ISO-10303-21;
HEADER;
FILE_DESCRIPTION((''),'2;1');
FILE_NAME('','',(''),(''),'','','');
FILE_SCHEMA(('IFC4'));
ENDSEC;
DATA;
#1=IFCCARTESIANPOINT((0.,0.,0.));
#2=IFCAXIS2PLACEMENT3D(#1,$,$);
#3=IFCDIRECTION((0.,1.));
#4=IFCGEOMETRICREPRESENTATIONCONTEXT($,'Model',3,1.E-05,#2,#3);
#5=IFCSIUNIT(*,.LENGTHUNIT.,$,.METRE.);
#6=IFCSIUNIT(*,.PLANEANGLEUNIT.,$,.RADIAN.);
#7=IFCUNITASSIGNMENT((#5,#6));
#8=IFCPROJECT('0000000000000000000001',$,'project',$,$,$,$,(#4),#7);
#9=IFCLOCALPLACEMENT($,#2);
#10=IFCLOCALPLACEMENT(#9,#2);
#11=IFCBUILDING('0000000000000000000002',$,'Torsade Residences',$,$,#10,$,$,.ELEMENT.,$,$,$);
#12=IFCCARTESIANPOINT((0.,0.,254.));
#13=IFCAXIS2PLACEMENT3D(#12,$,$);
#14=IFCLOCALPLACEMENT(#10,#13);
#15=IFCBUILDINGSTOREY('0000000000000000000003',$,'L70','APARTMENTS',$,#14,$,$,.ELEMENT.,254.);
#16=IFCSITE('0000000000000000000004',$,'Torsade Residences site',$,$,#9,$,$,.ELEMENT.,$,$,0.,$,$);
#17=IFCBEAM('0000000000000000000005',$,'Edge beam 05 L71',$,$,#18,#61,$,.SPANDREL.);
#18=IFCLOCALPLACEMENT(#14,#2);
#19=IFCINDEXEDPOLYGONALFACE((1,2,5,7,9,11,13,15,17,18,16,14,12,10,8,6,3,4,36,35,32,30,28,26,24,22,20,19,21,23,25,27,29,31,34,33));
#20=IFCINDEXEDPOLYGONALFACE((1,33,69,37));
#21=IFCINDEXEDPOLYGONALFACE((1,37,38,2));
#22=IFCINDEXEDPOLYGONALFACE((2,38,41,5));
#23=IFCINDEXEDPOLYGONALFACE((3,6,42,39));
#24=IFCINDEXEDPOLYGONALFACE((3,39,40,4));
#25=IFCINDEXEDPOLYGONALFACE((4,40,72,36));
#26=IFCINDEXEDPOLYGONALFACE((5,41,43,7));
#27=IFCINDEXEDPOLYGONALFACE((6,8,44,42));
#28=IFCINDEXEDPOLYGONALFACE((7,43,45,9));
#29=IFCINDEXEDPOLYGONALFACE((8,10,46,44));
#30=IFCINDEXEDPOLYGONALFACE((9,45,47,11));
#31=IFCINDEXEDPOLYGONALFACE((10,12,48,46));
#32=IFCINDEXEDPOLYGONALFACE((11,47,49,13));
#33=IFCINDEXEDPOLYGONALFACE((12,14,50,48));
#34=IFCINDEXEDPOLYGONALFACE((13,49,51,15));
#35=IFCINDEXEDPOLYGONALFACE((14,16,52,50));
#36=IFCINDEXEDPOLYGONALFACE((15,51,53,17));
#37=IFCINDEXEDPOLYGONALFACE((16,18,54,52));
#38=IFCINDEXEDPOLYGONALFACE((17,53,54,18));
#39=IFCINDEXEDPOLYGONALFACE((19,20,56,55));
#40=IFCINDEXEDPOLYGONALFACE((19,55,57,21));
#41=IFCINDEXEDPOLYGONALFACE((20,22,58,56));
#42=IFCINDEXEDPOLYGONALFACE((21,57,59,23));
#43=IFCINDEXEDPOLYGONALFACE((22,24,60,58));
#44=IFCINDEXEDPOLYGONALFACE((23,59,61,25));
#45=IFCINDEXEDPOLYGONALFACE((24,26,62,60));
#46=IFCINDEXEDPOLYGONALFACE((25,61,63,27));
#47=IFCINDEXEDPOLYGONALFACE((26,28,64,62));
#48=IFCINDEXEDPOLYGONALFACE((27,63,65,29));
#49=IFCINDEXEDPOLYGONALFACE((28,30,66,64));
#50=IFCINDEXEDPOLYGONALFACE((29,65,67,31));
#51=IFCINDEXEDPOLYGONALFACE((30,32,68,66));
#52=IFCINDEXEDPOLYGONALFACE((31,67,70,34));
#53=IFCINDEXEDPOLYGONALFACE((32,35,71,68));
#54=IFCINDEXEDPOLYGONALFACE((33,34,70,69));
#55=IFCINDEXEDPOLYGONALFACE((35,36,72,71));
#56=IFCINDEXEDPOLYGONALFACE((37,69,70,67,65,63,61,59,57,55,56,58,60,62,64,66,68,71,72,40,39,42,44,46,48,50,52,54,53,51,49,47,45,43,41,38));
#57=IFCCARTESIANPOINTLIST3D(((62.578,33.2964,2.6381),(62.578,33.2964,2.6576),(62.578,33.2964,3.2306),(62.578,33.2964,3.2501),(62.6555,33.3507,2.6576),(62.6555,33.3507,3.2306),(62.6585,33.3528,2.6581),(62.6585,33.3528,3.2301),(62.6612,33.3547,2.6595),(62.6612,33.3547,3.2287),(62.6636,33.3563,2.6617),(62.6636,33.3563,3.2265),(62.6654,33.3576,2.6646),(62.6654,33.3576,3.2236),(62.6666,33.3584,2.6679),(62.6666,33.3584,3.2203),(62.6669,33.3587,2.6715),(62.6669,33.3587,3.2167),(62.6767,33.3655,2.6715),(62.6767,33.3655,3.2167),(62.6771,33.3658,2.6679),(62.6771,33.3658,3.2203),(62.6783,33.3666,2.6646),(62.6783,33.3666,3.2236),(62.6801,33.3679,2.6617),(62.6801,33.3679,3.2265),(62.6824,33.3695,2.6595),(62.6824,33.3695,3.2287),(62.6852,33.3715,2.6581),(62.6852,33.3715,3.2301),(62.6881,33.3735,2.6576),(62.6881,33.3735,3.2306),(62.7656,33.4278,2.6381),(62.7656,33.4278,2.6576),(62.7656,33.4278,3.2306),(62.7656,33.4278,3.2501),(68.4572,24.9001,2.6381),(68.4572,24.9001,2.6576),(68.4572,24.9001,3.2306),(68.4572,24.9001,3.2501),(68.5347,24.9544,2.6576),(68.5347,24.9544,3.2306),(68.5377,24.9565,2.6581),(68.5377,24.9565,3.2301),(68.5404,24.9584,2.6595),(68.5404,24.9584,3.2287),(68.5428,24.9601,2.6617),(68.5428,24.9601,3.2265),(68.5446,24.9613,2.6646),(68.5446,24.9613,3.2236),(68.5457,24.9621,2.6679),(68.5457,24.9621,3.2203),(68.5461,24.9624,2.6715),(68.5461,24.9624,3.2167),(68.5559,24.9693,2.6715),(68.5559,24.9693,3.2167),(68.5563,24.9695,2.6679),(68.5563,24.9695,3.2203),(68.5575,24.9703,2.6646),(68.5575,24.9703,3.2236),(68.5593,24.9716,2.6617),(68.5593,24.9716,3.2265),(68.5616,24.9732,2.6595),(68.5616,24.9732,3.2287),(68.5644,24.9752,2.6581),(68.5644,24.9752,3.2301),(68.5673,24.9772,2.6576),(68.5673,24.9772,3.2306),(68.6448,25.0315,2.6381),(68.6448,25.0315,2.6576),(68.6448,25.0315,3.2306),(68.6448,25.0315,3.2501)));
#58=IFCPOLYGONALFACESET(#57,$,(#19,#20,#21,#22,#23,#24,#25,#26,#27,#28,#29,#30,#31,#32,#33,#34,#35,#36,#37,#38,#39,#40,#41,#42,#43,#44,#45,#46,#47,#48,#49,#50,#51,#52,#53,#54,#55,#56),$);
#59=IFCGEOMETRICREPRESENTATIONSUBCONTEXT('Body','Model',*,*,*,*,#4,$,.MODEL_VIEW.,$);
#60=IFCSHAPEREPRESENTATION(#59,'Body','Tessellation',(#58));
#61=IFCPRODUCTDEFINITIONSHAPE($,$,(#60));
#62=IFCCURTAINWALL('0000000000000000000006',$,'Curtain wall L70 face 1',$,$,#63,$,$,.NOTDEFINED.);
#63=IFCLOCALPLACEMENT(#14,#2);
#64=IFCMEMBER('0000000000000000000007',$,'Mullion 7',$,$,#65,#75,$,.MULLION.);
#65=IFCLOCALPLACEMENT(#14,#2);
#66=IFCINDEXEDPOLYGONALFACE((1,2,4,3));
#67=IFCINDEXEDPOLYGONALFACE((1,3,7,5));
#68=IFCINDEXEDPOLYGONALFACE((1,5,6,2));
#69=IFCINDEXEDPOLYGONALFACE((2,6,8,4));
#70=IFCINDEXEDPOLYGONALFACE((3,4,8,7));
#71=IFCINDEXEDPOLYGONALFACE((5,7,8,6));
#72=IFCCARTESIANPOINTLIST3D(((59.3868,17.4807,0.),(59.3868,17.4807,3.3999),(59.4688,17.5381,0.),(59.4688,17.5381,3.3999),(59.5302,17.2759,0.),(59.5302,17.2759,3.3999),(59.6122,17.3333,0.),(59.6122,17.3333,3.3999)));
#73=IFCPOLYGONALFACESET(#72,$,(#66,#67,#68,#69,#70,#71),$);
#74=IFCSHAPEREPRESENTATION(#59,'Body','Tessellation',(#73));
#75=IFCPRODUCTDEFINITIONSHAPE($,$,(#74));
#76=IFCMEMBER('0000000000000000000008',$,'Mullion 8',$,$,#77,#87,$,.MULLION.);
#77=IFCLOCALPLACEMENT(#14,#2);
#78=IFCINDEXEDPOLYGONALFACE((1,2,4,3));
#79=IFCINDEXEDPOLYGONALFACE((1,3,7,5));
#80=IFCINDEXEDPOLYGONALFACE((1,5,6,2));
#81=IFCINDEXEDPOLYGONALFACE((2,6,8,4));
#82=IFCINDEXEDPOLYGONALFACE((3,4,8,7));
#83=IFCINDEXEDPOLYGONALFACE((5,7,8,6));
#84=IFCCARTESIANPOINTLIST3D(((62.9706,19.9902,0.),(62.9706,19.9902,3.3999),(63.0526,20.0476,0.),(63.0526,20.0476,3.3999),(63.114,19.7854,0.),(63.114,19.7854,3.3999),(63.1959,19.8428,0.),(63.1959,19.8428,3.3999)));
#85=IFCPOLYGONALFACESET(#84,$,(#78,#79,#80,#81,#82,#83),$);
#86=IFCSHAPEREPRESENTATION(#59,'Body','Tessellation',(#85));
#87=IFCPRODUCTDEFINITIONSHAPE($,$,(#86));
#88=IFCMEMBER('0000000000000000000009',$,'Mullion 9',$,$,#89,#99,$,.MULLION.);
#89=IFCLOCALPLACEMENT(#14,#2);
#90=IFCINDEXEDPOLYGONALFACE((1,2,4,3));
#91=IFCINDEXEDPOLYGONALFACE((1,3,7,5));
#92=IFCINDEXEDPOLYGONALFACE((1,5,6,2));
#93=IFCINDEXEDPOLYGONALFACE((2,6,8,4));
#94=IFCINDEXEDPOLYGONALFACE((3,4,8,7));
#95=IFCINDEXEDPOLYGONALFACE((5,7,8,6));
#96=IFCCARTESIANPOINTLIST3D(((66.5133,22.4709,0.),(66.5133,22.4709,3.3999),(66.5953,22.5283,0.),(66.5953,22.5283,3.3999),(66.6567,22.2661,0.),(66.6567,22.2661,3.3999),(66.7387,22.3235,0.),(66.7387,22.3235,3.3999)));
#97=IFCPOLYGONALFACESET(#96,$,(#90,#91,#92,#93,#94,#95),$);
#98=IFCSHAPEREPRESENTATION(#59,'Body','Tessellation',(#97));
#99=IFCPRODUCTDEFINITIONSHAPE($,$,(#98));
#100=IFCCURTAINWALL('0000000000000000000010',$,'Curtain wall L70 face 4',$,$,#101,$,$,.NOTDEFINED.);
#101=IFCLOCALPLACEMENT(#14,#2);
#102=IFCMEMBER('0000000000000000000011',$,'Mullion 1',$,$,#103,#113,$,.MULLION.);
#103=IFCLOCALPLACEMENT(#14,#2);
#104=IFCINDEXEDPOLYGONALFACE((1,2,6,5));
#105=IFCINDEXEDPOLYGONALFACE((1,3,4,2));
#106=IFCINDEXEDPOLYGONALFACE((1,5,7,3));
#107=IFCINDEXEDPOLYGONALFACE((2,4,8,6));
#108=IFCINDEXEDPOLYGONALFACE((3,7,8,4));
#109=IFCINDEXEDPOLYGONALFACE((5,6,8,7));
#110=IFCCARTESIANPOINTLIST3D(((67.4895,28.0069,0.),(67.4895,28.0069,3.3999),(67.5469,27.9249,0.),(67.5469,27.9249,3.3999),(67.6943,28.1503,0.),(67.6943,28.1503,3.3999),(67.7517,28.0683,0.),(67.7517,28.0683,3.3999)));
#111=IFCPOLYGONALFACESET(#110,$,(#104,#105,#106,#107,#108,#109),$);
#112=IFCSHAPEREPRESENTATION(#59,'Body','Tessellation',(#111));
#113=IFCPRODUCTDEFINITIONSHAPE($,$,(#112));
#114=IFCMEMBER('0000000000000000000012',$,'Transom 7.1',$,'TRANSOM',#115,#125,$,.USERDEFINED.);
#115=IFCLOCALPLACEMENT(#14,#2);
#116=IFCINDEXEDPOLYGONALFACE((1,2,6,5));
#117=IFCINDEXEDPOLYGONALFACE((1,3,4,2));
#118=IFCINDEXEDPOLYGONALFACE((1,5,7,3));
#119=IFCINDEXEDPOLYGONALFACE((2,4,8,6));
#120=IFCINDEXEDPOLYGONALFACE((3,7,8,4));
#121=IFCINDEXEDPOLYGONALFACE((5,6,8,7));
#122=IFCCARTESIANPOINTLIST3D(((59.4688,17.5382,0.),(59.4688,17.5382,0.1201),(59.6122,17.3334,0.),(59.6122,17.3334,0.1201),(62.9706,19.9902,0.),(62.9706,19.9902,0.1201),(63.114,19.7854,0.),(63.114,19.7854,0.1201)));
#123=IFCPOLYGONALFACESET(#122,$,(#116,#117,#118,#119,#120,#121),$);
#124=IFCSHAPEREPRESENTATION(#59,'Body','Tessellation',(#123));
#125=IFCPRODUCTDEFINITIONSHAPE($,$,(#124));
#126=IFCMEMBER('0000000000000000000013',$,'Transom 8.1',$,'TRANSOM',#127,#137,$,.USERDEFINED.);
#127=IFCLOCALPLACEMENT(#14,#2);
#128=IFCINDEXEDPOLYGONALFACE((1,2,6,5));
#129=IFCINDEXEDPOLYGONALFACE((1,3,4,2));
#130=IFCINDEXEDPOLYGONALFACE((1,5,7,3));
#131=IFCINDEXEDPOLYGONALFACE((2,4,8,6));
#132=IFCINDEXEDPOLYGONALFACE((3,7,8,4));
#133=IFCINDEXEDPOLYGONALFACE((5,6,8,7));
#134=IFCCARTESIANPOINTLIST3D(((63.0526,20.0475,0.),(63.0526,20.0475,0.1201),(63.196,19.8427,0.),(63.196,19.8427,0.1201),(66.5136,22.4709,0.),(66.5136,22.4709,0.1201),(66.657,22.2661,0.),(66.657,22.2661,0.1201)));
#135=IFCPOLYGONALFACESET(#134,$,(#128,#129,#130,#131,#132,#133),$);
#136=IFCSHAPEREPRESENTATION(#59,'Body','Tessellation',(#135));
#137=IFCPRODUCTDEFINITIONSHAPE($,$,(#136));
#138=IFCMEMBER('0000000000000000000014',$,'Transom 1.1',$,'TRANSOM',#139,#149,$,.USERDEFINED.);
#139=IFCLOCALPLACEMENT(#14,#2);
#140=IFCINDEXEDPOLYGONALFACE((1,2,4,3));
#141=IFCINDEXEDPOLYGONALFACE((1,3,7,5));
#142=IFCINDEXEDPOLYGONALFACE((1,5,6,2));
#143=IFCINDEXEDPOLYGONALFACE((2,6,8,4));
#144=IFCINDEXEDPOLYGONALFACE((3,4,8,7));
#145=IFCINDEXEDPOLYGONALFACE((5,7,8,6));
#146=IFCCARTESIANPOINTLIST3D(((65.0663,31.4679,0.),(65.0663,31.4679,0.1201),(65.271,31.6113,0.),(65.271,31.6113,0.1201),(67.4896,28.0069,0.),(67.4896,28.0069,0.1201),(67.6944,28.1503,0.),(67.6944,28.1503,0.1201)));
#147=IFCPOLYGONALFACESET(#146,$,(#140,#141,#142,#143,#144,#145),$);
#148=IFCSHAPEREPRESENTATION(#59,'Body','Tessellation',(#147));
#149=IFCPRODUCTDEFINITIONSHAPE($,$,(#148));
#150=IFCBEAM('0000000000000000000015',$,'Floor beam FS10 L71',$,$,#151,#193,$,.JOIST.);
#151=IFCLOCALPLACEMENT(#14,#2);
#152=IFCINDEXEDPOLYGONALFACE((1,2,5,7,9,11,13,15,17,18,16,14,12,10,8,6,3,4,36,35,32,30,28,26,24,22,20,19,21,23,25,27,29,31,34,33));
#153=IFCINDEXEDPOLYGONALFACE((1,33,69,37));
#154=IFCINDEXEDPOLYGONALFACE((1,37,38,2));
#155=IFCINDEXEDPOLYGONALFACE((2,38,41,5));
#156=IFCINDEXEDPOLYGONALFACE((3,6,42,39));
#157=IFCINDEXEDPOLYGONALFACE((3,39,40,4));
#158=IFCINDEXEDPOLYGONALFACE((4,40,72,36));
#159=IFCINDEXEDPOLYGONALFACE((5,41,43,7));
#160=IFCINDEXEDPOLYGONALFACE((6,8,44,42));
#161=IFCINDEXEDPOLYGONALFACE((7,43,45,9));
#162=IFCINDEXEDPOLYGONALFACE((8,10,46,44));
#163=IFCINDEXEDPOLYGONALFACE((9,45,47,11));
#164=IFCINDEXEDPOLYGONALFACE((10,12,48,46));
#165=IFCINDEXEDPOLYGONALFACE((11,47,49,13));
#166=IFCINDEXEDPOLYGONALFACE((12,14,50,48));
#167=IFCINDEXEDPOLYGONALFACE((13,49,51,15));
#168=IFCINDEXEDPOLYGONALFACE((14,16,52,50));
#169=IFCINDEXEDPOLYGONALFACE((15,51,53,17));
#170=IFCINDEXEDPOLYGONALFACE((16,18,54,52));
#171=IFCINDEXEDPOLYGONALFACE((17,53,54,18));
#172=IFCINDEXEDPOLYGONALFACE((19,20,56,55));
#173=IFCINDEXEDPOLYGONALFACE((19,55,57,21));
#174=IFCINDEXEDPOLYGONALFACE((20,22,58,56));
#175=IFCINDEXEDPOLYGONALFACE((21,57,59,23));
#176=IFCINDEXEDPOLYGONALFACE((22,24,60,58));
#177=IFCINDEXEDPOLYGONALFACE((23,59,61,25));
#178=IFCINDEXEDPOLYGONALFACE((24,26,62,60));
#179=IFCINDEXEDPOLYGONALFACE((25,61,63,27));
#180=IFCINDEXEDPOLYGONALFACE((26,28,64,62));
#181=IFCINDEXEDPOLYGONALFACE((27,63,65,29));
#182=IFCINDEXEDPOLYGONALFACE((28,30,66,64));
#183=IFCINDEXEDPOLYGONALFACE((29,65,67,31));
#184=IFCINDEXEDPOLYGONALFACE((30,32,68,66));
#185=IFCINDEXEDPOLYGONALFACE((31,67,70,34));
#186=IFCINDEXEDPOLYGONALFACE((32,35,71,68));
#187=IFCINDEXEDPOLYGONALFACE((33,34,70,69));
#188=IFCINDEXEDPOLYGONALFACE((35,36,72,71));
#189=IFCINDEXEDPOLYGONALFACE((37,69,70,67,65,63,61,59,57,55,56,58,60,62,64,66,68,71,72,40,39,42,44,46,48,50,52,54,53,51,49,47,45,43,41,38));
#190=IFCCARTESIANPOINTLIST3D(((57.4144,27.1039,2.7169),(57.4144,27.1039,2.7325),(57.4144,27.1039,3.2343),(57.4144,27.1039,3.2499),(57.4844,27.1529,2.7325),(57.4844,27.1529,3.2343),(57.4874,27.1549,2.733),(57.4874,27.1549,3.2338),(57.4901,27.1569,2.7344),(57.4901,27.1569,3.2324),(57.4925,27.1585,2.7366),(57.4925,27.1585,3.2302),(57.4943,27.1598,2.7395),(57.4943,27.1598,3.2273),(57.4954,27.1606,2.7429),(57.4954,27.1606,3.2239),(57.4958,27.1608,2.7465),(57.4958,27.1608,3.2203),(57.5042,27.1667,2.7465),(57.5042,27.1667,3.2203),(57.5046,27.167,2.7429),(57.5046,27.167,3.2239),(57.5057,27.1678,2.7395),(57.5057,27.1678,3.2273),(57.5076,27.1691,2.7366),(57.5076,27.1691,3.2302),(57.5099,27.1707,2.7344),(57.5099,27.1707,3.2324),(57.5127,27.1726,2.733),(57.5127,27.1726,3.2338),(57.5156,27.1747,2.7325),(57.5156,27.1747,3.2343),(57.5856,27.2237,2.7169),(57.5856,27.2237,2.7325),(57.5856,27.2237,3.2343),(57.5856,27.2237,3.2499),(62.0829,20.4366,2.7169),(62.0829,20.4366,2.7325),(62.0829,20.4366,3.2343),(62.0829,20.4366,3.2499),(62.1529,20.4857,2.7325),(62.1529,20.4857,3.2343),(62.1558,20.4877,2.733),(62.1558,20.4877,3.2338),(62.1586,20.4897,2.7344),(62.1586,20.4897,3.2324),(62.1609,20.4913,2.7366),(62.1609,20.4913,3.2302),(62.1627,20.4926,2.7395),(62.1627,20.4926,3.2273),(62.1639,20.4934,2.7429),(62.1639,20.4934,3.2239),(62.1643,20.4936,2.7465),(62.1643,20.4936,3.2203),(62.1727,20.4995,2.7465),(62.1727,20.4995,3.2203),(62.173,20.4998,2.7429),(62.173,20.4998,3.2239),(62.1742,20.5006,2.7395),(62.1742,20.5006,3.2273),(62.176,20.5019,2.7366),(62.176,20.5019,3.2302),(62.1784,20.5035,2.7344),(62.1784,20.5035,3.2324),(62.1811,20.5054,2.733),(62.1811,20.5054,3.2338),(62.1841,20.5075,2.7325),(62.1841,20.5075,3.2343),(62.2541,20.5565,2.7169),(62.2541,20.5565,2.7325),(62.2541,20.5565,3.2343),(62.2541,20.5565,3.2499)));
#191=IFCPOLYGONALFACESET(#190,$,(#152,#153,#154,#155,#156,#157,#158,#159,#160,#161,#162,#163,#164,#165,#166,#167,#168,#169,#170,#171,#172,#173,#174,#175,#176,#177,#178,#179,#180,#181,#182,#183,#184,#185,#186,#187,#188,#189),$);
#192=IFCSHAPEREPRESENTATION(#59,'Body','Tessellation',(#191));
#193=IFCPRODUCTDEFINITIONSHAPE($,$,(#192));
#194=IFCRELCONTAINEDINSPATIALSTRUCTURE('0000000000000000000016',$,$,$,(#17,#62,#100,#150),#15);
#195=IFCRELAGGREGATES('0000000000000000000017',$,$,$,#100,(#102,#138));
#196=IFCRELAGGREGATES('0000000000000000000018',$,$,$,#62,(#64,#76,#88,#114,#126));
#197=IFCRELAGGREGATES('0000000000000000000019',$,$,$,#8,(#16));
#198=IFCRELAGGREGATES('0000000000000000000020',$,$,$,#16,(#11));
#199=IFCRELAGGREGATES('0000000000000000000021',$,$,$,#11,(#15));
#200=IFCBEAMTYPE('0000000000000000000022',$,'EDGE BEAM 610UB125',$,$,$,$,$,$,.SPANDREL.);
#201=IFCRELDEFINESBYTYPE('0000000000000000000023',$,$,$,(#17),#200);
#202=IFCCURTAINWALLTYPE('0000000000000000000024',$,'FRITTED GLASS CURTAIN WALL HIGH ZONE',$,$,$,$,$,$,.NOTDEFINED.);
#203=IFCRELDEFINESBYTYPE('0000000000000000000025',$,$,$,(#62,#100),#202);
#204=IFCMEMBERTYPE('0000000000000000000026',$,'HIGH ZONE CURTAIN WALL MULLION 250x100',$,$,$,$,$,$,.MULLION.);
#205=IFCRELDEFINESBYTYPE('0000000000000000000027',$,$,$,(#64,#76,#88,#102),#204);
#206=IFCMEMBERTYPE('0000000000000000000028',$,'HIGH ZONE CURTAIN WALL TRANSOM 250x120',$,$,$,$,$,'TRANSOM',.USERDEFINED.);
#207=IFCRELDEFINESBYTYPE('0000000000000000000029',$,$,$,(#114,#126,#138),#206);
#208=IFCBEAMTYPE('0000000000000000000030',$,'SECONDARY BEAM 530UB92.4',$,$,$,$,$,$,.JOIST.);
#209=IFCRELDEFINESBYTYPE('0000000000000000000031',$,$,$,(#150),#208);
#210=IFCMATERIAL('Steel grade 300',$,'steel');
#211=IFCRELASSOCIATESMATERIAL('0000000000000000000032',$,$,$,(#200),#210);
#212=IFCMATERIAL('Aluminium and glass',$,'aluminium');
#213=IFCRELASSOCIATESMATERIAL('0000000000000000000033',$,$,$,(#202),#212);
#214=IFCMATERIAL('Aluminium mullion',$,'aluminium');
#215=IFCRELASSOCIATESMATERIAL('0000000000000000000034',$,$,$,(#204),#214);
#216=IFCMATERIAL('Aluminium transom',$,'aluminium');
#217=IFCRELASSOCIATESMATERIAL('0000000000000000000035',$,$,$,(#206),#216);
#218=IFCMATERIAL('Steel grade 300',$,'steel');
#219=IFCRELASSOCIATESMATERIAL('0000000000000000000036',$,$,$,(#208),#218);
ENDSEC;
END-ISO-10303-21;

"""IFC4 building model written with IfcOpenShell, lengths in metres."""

from ifc_helpers import new_model, si_unit, direction, frame, origin, origin_2d, place, context, subcontext, project, spatial, rectangle, i_section, extrude, material, material_profile, profile_set, type_object, element, aggregate, save


model = new_model("IFC4")

# Units and contexts
model_context = context("Model", 3, precision=1e-05, world=origin(), true_north=direction((0.0, 1.0)))
body_context = subcontext(model_context, "Body", "Model", "MODEL_VIEW")
ifc_project = project(units=[si_unit("LENGTHUNIT", "METRE"), si_unit("PLANEANGLEUNIT", "RADIAN")], contexts=[model_context])

# Site, building, storey
site_placement = place(None, origin())
site = spatial("IfcSite", under=ifc_project, at=site_placement, Name="Torsade Residences site", CompositionType="ELEMENT", RefElevation=0.0)
building_placement = place(site_placement, origin())
building = spatial("IfcBuilding", under=site, at=building_placement, Name="Torsade Residences", CompositionType="ELEMENT")
storey_placement = place(building_placement, frame((0.0, 0.0, 254.0)))
storey = spatial("IfcBuildingStorey", under=building, at=storey_placement, Name="L70", Description="APARTMENTS", CompositionType="ELEMENT", Elevation=254.0)

# Beam
ifc_material_1 = material(Name="Steel grade 300", Category="steel")
ifc_material_profile_1 = material_profile(ifc_material_1, i_section(OverallWidth=0.229, OverallDepth=0.6121, WebThickness=0.012, FlangeThickness=0.0195, FilletRadius=0.0139, at=origin_2d()), Name="610UB125")
ifc_profile_set_1 = profile_set([ifc_material_profile_1], Name="Steel grade 300")
beam_type_1 = type_object("IfcBeamType", Name="EDGE BEAM 610UB125", PredefinedType="SPANDREL", material=ifc_profile_set_1)
beam_1_placement = place(storey_placement, frame((68.551, 24.9658, 2.9441), z_axis=(-0.573579, 0.81915, 0.0), x_axis=(-0.81915, -0.573579, 0.0)))
element("IfcBeam", 1, at=beam_1_placement, inside=storey, type_object=beam_type_1, Name="Edge beam 05 L71", PredefinedType="SPANDREL", context=body_context, shape_type="SweptSolid", body=[
    extrude(i_section(OverallWidth=0.229, OverallDepth=0.6121, WebThickness=0.012, FlangeThickness=0.0195, FilletRadius=0.0139, at=origin_2d()), origin(), (0.0, 0.0, 1.0), 10.25),
])

# Curtain wall, members
ifc_material_2 = material(Name="Aluminium and glass", Category="aluminium")
curtain_wall_type = type_object("IfcCurtainWallType", Name="FRITTED GLASS CURTAIN WALL HIGH ZONE", PredefinedType="NOTDEFINED", material=ifc_material_2)
curtain_wall_1_placement = place(storey_placement, origin())
curtain_wall_1 = element("IfcCurtainWall", 2, at=curtain_wall_1_placement, inside=storey, type_object=curtain_wall_type, Name="Curtain wall L70 face 1", PredefinedType="NOTDEFINED")
ifc_material_3 = material(Name="Aluminium mullion", Category="aluminium")
ifc_material_profile_2 = material_profile(ifc_material_3, rectangle(XDim=0.25, YDim=0.1001, at=origin_2d()), Name="HIGH ZONE CURTAIN WALL MULLION 250x100")
ifc_profile_set_2 = profile_set([ifc_material_profile_2], Name="Aluminium mullion")
member_type_1 = type_object("IfcMemberType", Name="HIGH ZONE CURTAIN WALL MULLION 250x100", PredefinedType="MULLION", material=ifc_profile_set_2)
member_1_placement = place(storey_placement, frame((59.4995, 17.407, 0.0), z_axis=(0.0, 0.0, 1.0), x_axis=(-0.573576, 0.819152, 0.0)))
member_1 = element("IfcMember", 3, at=member_1_placement, type_object=member_type_1, Name="Mullion 7", PredefinedType="MULLION", context=body_context, shape_type="SweptSolid", body=[
    extrude(rectangle(XDim=0.25, YDim=0.1001, at=origin_2d()), origin(), (0.0, 0.0, 1.0), 3.3999),
])
member_2_placement = place(storey_placement, frame((63.0833, 19.9165, 0.0), z_axis=(0.0, 0.0, 1.0), x_axis=(-0.573576, 0.819152, 0.0)))
member_2 = element("IfcMember", 4, at=member_2_placement, type_object=member_type_1, Name="Mullion 8", PredefinedType="MULLION", context=body_context, shape_type="SweptSolid", body=[
    extrude(rectangle(XDim=0.25, YDim=0.1001, at=origin_2d()), origin(), (0.0, 0.0, 1.0), 3.3999),
])
member_3_placement = place(storey_placement, frame((66.626, 22.3972, 0.0), z_axis=(0.0, 0.0, 1.0), x_axis=(-0.573576, 0.819152, 0.0)))
member_3 = element("IfcMember", 5, at=member_3_placement, type_object=member_type_1, Name="Mullion 9", PredefinedType="MULLION", context=body_context, shape_type="SweptSolid", body=[
    extrude(rectangle(XDim=0.25, YDim=0.1001, at=origin_2d()), origin(), (0.0, 0.0, 1.0), 3.3999),
])

# Curtain wall, member
curtain_wall_2_placement = place(storey_placement, origin())
curtain_wall_2 = element("IfcCurtainWall", 6, at=curtain_wall_2_placement, inside=storey, type_object=curtain_wall_type, Name="Curtain wall L70 face 4", PredefinedType="NOTDEFINED")
member_4_placement = place(storey_placement, frame((67.6206, 28.0376, 0.0), z_axis=(0.0, 0.0, 1.0), x_axis=(-0.819152, -0.573576, 0.0)))
member_4 = element("IfcMember", 7, at=member_4_placement, type_object=member_type_1, Name="Mullion 1", PredefinedType="MULLION", context=body_context, shape_type="SweptSolid", body=[
    extrude(rectangle(XDim=0.25, YDim=0.1001, at=origin_2d()), origin(), (0.0, 0.0, 1.0), 3.3999),
])

# Members
ifc_material_4 = material(Name="Aluminium transom", Category="aluminium")
ifc_material_profile_3 = material_profile(ifc_material_4, rectangle(XDim=0.25, YDim=0.1201, at=origin_2d()), Name="HIGH ZONE CURTAIN WALL TRANSOM 250x120")
ifc_profile_set_3 = profile_set([ifc_material_profile_3], Name="Aluminium transom")
member_type_2 = type_object("IfcMemberType", Name="HIGH ZONE CURTAIN WALL TRANSOM 250x120", ElementType="TRANSOM", PredefinedType="USERDEFINED", material=ifc_profile_set_3)
member_5_placement = place(storey_placement, frame((59.5405, 17.4358, 0.0601), z_axis=(0.819154, 0.573573, 0.0), x_axis=(-0.573573, 0.819154, 0.0)))
member_5 = element("IfcMember", 8, at=member_5_placement, type_object=member_type_2, Name="Transom 7.1", ObjectType="TRANSOM", PredefinedType="USERDEFINED", context=body_context, shape_type="SweptSolid", body=[
    extrude(rectangle(XDim=0.25, YDim=0.1201, at=origin_2d()), origin(), (0.0, 0.0, 1.0), 4.2749),
])
member_6_placement = place(storey_placement, frame((63.1243, 19.9451, 0.0601), z_axis=(0.819156, 0.573571, 0.0), x_axis=(-0.573571, 0.819156, 0.0)))
member_6 = element("IfcMember", 9, at=member_6_placement, type_object=member_type_2, Name="Transom 8.1", ObjectType="TRANSOM", PredefinedType="USERDEFINED", context=body_context, shape_type="SweptSolid", body=[
    extrude(rectangle(XDim=0.25, YDim=0.1201, at=origin_2d()), origin(), (0.0, 0.0, 1.0), 4.2251),
])
member_7_placement = place(storey_placement, frame((67.592, 28.0786, 0.0601), z_axis=(-0.573571, 0.819156, 0.0), x_axis=(-0.819156, -0.573571, 0.0)))
member_7 = element("IfcMember", 10, at=member_7_placement, type_object=member_type_2, Name="Transom 1.1", ObjectType="TRANSOM", PredefinedType="USERDEFINED", context=body_context, shape_type="SweptSolid", body=[
    extrude(rectangle(XDim=0.25, YDim=0.1201, at=origin_2d()), origin(), (0.0, 0.0, 1.0), 4.2251),
])
aggregate(curtain_wall_2, [member_4, member_7])

# Beam
ifc_material_5 = material(Name="Steel grade 300", Category="steel")
ifc_material_profile_4 = material_profile(ifc_material_5, i_section(OverallWidth=0.209, OverallDepth=0.533, WebThickness=0.0103, FlangeThickness=0.0156, FilletRadius=0.0139, at=origin_2d()), Name="530UB92.4")
ifc_profile_set_4 = profile_set([ifc_material_profile_4], Name="Steel grade 300")
beam_type_2 = type_object("IfcBeamType", Name="SECONDARY BEAM 530UB92.4", PredefinedType="JOIST", material=ifc_profile_set_4)
beam_2_placement = place(storey_placement, frame((62.1685, 20.4966, 2.9834), z_axis=(-0.573577, 0.819152, 0.0), x_axis=(-0.819152, -0.573577, 0.0)))
element("IfcBeam", 11, at=beam_2_placement, inside=storey, type_object=beam_type_2, Name="Floor beam FS10 L71", PredefinedType="JOIST", context=body_context, shape_type="SweptSolid", body=[
    extrude(i_section(OverallWidth=0.209, OverallDepth=0.533, WebThickness=0.0103, FlangeThickness=0.0156, FilletRadius=0.0139, at=origin_2d()), origin(), (0.0, 0.0, 1.0), 8.1392),
])

aggregate(curtain_wall_1, [member_1, member_2, member_3, member_5, member_6])

save(model, "model.ifc")
